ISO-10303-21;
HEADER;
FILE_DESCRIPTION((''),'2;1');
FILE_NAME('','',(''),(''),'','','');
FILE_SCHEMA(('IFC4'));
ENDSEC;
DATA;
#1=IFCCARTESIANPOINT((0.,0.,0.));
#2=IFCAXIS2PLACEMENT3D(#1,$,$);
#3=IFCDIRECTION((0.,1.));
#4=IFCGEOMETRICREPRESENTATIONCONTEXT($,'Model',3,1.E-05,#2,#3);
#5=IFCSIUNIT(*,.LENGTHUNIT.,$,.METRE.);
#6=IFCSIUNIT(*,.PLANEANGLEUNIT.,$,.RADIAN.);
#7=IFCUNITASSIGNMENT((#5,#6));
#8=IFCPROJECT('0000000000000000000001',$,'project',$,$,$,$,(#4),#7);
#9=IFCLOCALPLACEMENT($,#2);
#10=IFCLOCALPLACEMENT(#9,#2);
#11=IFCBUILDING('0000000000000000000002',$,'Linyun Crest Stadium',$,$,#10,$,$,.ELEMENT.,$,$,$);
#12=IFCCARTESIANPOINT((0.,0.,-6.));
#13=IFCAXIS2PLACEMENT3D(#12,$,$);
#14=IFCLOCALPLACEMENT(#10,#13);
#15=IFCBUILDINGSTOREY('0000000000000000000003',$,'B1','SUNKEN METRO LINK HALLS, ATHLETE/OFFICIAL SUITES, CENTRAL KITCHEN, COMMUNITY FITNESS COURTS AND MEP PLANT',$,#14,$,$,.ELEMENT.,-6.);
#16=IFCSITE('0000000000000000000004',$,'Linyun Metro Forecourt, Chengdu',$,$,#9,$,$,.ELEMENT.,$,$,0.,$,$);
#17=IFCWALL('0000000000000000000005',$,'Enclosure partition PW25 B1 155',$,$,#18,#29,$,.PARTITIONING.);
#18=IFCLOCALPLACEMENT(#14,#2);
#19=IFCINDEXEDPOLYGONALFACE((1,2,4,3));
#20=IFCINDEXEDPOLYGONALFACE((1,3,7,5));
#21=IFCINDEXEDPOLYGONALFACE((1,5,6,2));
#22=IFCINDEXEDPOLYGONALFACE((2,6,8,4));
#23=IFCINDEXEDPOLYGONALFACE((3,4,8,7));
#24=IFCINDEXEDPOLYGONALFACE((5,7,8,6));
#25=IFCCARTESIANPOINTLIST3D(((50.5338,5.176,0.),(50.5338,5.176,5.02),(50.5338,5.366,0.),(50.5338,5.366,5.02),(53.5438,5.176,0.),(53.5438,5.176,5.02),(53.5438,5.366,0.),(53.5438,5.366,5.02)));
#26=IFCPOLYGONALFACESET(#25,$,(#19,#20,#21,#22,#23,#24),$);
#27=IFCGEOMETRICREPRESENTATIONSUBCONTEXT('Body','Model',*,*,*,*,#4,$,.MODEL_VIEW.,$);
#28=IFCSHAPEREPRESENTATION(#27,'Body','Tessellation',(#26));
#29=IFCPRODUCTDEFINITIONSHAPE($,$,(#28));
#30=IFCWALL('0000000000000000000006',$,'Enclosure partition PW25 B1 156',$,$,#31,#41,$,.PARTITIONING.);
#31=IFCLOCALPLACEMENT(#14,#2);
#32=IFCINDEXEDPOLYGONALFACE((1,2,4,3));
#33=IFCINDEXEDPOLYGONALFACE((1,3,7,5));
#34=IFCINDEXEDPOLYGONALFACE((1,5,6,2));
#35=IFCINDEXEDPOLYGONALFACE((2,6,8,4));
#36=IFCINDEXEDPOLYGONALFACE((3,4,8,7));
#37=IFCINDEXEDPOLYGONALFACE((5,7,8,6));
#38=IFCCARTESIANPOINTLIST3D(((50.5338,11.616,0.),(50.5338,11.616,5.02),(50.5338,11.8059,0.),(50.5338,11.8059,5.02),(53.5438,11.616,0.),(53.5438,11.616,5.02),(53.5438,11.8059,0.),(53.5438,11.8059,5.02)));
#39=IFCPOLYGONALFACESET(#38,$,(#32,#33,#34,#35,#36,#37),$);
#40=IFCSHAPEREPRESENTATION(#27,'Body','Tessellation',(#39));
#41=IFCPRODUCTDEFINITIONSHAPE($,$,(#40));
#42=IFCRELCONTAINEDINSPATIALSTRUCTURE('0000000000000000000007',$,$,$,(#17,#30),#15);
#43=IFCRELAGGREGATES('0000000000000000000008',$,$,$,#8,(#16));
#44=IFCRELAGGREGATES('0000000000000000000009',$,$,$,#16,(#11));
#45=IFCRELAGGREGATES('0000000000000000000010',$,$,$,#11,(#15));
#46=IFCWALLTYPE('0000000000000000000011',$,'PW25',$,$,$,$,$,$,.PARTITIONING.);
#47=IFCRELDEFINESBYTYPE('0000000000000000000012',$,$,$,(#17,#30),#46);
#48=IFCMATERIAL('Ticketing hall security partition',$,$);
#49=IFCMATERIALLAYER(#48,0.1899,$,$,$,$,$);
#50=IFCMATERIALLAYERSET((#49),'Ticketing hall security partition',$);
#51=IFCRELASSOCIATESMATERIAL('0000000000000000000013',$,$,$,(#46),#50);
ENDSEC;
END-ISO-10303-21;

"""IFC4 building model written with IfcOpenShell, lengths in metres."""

from ifc_helpers import new_model, si_unit, direction, frame, frame_2d, origin, place, context, subcontext, project, spatial, rectangle, extrude, material, layer, layer_set, type_object, element, save


model = new_model("IFC4")

# Units and contexts
model_context = context("Model", 3, precision=1e-05, world=origin(), true_north=direction((0.0, 1.0)))
body_context = subcontext(model_context, "Body", "Model", "MODEL_VIEW")
ifc_project = project(units=[si_unit("LENGTHUNIT", "METRE"), si_unit("PLANEANGLEUNIT", "RADIAN")], contexts=[model_context])

# Site, building, storey
site_placement = place(None, origin())
site = spatial("IfcSite", under=ifc_project, at=site_placement, Name="Linyun Metro Forecourt, Chengdu", CompositionType="ELEMENT", RefElevation=0.0)
building_placement = place(site_placement, origin())
building = spatial("IfcBuilding", under=site, at=building_placement, Name="Linyun Crest Stadium", CompositionType="ELEMENT")
storey_placement = place(building_placement, frame((0.0, 0.0, -6.0)))
storey = spatial("IfcBuildingStorey", under=building, at=storey_placement, Name="B1", Description="SUNKEN METRO LINK HALLS, ATHLETE/OFFICIAL SUITES, CENTRAL KITCHEN, COMMUNITY FITNESS COURTS AND MEP PLANT", CompositionType="ELEMENT", Elevation=-6.0)

# Shared definitions
ifc_material_1 = material(Name="Ticketing hall security partition")
ifc_layer_1 = layer(ifc_material_1, 0.1899)
ifc_layer_set_1 = layer_set([ifc_layer_1], Name="Ticketing hall security partition")
wall_type = type_object("IfcWallType", Name="PW25", PredefinedType="PARTITIONING", material=ifc_layer_set_1)

# Walls
for number, where, z_axis, x_axis, name in (
    (1, (50.5339, 5.271, 0.0), (0.0, 0.0, 1.0), (1.0, 0.0, 0.0), "Enclosure partition PW25 B1 155"),
    (2, (50.5339, 11.7109, 0.0), (0.0, 0.0, 1.0), (1.0, 0.0, 0.0), "Enclosure partition PW25 B1 156"),
):
    element("IfcWall", number, at=place(storey_placement, frame(where, z_axis=z_axis, x_axis=x_axis)), inside=storey, type_object=wall_type, Name=name, PredefinedType="PARTITIONING", context=body_context, shape_type="SweptSolid", body=[
        extrude(rectangle(XDim=3.01, YDim=0.1899, at=frame_2d((1.5049, 0.0))), origin(), (0.0, 0.0, 1.0), 5.02),
    ])

save(model, "model.ifc")
